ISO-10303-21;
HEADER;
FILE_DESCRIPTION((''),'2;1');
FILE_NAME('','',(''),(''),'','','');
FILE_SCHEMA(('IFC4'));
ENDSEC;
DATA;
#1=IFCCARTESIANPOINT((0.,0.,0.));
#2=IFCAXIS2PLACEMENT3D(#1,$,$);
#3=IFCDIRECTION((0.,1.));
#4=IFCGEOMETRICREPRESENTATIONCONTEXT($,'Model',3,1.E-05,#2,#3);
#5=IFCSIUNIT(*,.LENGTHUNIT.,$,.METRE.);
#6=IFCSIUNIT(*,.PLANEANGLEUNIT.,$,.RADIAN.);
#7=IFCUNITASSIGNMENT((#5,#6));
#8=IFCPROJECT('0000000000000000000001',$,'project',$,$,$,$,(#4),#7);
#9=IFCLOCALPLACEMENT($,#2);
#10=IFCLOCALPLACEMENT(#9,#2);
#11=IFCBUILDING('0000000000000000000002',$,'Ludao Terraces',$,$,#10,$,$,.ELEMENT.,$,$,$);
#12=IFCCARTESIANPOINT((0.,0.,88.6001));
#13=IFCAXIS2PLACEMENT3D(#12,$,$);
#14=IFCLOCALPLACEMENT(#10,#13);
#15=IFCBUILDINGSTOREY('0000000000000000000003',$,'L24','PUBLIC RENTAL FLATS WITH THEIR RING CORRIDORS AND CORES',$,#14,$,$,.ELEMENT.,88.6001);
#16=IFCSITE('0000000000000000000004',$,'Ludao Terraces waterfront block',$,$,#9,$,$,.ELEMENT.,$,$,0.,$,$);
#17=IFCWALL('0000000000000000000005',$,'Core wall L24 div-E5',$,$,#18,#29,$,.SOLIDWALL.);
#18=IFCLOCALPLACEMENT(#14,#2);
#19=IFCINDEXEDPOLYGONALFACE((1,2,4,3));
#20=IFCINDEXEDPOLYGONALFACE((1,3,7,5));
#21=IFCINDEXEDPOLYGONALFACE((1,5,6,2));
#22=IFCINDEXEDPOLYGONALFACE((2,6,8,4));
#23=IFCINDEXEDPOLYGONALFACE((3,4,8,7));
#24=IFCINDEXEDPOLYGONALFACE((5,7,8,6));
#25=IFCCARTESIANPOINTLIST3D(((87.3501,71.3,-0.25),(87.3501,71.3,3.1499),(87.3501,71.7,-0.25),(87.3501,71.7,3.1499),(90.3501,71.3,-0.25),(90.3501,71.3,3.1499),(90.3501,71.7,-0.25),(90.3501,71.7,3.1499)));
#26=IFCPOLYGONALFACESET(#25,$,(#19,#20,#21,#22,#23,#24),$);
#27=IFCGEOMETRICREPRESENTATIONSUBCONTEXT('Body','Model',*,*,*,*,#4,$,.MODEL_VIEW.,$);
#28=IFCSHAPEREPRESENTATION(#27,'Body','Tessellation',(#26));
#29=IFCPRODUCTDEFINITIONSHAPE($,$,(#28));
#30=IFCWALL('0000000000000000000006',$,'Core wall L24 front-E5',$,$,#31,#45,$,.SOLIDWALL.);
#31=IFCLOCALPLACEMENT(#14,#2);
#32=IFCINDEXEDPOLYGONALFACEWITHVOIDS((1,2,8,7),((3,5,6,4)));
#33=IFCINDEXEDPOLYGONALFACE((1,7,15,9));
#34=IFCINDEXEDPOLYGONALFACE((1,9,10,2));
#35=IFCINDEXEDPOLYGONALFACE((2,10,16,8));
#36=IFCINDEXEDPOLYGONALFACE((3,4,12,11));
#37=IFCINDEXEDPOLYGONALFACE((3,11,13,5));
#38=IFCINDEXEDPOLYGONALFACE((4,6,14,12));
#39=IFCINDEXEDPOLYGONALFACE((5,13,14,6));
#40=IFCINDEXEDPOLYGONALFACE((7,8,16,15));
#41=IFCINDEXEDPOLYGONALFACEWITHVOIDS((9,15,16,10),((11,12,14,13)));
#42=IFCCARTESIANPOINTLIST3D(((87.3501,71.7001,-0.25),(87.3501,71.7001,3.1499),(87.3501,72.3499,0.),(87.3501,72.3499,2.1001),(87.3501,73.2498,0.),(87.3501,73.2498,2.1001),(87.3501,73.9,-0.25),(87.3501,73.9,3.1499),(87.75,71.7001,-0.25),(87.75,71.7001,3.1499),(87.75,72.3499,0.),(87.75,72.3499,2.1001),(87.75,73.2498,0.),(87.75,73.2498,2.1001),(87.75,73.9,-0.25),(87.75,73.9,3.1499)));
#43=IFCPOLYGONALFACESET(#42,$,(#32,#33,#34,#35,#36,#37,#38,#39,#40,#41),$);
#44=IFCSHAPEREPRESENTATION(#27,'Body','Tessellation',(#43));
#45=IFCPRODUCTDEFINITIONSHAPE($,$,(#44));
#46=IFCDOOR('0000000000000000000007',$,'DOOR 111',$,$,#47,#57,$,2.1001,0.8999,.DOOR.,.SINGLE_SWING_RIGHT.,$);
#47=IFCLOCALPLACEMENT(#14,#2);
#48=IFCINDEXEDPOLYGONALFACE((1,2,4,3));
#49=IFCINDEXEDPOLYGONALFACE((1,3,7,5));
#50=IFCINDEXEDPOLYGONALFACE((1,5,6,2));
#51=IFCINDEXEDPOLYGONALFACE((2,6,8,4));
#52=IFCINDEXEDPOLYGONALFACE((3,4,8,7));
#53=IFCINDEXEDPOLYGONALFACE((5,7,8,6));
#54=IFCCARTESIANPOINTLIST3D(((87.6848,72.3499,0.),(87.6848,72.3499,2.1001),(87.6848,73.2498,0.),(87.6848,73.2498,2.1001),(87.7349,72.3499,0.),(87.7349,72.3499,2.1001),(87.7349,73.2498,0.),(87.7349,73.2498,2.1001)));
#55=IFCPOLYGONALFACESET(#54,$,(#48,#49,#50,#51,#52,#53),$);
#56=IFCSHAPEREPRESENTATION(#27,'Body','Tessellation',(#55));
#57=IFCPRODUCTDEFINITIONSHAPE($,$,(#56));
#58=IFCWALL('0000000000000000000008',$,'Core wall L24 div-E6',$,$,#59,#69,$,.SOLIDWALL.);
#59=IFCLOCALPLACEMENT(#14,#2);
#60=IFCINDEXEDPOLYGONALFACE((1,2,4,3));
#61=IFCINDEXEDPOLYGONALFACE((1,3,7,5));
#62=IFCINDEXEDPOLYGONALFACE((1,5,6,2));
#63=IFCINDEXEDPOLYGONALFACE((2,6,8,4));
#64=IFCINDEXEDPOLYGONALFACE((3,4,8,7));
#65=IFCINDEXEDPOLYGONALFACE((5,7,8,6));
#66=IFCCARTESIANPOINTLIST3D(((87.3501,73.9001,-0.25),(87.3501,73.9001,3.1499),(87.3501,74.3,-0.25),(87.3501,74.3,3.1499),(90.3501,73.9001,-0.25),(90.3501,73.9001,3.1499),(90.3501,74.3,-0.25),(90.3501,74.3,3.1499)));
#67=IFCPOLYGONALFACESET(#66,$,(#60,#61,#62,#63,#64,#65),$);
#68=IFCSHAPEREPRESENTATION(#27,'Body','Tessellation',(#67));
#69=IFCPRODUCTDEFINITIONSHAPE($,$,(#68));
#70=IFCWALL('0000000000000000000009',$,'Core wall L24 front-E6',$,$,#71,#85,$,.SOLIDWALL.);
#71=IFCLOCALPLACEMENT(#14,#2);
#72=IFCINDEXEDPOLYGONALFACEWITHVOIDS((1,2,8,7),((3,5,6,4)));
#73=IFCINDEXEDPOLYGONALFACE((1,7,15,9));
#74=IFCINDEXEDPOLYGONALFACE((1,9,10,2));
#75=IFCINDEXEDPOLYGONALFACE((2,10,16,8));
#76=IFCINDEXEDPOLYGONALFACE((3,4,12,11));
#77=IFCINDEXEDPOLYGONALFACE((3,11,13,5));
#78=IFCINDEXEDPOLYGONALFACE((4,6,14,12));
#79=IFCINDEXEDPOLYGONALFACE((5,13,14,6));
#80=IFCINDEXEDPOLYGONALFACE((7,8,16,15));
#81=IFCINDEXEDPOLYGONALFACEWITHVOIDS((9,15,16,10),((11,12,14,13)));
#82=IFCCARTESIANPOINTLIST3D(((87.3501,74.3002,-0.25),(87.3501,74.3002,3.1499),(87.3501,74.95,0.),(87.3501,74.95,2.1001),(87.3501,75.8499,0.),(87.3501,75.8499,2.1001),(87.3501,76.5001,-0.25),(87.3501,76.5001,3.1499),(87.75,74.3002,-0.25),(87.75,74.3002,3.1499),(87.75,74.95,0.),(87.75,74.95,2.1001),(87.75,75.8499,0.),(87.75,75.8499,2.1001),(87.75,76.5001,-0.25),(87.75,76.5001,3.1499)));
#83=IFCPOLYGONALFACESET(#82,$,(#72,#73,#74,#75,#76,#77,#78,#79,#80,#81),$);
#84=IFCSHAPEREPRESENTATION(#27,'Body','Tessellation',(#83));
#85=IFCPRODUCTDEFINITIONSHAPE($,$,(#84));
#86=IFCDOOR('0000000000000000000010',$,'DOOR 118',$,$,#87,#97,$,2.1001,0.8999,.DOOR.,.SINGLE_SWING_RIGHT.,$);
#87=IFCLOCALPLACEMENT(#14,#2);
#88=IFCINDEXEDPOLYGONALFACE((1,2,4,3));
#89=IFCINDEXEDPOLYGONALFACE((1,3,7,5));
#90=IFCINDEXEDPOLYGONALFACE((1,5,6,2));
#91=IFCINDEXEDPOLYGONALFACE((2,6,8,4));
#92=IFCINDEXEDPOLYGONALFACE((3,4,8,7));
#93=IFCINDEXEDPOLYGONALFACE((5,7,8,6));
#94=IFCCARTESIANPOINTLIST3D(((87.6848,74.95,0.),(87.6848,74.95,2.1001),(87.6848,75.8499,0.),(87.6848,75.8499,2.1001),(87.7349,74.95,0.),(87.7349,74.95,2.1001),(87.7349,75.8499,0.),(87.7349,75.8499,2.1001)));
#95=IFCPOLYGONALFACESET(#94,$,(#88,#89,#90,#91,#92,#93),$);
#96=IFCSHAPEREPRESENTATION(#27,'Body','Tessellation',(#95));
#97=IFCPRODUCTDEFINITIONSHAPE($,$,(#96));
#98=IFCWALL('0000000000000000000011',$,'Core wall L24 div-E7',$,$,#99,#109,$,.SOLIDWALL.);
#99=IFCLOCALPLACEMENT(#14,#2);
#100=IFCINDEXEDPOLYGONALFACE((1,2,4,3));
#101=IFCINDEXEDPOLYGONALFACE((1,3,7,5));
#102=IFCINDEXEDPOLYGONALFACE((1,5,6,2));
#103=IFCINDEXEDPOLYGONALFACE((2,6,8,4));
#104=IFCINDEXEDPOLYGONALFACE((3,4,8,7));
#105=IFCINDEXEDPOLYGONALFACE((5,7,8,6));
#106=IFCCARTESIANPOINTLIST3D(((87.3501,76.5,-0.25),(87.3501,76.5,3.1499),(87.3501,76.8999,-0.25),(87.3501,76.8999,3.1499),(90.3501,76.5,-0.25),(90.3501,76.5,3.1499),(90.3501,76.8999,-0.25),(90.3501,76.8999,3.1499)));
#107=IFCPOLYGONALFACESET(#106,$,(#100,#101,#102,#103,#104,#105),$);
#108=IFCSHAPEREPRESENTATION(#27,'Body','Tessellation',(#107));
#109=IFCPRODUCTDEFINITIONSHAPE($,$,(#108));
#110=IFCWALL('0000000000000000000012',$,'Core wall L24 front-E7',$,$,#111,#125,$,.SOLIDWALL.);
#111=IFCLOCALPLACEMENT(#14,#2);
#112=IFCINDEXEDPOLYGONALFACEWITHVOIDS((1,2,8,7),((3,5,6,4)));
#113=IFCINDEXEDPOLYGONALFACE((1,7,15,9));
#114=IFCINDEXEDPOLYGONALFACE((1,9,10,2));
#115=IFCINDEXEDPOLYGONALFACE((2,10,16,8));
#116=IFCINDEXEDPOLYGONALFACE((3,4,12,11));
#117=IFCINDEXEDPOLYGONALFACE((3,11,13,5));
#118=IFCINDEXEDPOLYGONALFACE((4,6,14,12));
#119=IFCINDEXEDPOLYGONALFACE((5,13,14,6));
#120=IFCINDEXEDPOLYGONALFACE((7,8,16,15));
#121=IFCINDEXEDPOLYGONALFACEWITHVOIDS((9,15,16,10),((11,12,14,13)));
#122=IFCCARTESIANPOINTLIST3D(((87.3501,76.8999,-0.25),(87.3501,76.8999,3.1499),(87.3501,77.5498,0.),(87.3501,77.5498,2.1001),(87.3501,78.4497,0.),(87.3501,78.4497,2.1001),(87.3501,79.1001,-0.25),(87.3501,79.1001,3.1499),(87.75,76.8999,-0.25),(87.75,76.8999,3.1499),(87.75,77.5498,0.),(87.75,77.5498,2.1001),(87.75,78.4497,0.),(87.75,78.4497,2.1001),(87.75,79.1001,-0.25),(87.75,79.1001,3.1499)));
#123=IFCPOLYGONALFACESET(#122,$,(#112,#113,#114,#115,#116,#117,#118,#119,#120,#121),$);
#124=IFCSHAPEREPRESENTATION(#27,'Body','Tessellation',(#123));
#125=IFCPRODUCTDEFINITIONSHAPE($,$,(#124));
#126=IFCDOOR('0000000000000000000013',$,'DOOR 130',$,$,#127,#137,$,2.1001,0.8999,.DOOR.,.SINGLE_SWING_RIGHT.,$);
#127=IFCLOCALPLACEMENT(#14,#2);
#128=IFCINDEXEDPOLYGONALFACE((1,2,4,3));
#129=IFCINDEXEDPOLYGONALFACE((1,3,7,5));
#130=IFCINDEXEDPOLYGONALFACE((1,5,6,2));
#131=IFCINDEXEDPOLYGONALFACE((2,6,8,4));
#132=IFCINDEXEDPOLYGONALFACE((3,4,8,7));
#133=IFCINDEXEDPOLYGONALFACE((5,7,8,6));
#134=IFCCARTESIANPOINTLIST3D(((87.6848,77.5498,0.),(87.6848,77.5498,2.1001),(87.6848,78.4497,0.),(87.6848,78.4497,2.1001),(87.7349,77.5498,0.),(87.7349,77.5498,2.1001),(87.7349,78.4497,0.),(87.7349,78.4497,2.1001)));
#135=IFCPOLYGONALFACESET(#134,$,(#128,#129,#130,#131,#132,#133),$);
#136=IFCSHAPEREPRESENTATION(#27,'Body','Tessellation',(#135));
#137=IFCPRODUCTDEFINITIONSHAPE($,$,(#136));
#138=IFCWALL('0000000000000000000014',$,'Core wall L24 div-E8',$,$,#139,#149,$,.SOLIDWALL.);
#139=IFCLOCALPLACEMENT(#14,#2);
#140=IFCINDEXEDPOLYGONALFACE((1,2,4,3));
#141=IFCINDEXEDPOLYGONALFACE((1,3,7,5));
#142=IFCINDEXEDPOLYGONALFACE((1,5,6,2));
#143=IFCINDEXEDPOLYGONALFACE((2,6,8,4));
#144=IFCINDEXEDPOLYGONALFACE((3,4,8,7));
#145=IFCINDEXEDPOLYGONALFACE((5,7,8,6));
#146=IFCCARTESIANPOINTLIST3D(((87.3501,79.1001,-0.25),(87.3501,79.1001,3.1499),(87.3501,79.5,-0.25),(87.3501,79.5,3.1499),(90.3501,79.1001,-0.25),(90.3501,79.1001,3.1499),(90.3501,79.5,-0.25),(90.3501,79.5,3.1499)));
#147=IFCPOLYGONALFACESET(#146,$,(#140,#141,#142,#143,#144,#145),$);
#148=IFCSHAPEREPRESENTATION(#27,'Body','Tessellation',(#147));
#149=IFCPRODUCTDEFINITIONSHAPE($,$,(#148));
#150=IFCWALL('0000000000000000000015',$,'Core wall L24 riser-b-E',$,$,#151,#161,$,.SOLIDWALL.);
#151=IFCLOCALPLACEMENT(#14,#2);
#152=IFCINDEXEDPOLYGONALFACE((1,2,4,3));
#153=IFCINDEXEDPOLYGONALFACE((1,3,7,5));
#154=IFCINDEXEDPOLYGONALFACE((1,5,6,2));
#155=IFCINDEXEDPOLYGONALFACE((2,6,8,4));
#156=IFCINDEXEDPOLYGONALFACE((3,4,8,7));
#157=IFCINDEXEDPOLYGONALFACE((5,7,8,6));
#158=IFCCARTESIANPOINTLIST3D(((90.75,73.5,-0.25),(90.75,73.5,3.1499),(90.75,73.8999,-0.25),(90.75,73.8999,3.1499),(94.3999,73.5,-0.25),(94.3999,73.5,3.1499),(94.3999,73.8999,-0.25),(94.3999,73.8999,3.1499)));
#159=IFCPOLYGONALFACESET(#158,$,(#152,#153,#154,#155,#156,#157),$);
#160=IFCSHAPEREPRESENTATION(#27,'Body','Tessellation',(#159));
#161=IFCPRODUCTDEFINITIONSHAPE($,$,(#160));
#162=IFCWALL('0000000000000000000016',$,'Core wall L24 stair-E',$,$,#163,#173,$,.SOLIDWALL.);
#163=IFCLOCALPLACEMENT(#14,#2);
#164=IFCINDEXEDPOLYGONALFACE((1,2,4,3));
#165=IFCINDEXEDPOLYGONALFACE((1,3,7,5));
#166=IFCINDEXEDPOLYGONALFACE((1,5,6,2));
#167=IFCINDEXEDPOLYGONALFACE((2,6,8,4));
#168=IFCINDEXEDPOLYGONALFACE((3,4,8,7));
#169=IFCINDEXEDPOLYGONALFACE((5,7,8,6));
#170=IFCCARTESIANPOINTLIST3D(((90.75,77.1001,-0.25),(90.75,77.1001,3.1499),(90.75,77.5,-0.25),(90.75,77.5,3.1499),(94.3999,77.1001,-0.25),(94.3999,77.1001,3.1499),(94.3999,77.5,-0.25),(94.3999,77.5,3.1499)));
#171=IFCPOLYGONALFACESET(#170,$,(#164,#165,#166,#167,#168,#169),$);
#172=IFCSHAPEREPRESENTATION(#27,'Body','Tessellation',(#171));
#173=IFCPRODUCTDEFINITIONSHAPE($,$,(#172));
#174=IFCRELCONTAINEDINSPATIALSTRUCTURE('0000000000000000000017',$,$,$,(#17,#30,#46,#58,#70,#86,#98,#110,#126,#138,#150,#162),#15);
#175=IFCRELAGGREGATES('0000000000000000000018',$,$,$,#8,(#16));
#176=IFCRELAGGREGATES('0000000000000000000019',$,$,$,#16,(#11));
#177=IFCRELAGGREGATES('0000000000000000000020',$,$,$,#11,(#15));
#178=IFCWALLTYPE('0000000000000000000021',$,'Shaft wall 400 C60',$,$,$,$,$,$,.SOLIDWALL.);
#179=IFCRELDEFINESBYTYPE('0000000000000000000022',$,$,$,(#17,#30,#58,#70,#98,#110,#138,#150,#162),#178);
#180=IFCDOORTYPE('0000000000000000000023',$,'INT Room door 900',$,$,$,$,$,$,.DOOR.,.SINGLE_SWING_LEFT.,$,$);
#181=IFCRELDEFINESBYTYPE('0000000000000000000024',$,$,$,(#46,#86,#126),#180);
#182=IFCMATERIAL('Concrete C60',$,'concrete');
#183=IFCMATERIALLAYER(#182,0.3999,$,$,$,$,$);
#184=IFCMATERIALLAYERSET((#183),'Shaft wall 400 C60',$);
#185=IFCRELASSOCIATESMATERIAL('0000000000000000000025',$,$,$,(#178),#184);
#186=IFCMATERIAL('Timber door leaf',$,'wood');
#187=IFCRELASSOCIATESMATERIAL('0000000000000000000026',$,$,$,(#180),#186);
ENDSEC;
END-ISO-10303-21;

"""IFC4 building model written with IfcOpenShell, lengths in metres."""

from ifc_helpers import new_model, si_unit, direction, frame, frame_2d, origin, place, context, subcontext, project, spatial, rectangle, extrude, material, layer, layer_set, type_object, element, fill, save


model = new_model("IFC4")

# Units and contexts
model_context = context("Model", 3, precision=1e-05, world=origin(), true_north=direction((0.0, 1.0)))
body_context = subcontext(model_context, "Body", "Model", "MODEL_VIEW")
ifc_project = project(units=[si_unit("LENGTHUNIT", "METRE"), si_unit("PLANEANGLEUNIT", "RADIAN")], contexts=[model_context])

# Site, building, storey
site_placement = place(None, origin())
site = spatial("IfcSite", under=ifc_project, at=site_placement, Name="Ludao Terraces waterfront block", CompositionType="ELEMENT", RefElevation=0.0)
building_placement = place(site_placement, origin())
building = spatial("IfcBuilding", under=site, at=building_placement, Name="Ludao Terraces", CompositionType="ELEMENT")
storey_placement = place(building_placement, frame((0.0, 0.0, 88.6001)))
storey = spatial("IfcBuildingStorey", under=building, at=storey_placement, Name="L24", Description="PUBLIC RENTAL FLATS WITH THEIR RING CORRIDORS AND CORES", CompositionType="ELEMENT", Elevation=88.6001)

# Wall
ifc_material_1 = material(Name="Concrete C60", Category="concrete")
ifc_layer_1 = layer(ifc_material_1, 0.3999)
ifc_layer_set_1 = layer_set([ifc_layer_1], Name="Shaft wall 400 C60")
wall_type_1 = type_object("IfcWallType", Name="Shaft wall 400 C60", PredefinedType="SOLIDWALL", material=ifc_layer_set_1)
wall_1_placement = place(storey_placement, frame((87.3501, 71.5, -0.25), z_axis=(0.0, 0.0, 1.0), x_axis=(1.0, 0.0, 0.0)))
element("IfcWall", 1, at=wall_1_placement, inside=storey, type_object=wall_type_1, Name="Core wall L24 div-E5", PredefinedType="SOLIDWALL", context=body_context, shape_type="SweptSolid", body=[
    extrude(rectangle(XDim=3.0, YDim=0.3999, at=frame_2d((1.5, 0.0))), origin(), (0.0, 0.0, 1.0), 3.3999),
])

# Wall, opening, door
wall_2_placement = place(storey_placement, frame((87.55, 71.7, -0.25), z_axis=(0.0, 0.0, 1.0), x_axis=(0.0, 1.0, 0.0)))
wall_2 = element("IfcWall", 2, at=wall_2_placement, inside=storey, type_object=wall_type_1, Name="Core wall L24 front-E5", PredefinedType="SOLIDWALL", context=body_context, shape_type="SweptSolid", body=[
    extrude(rectangle(XDim=2.2, YDim=0.3999, at=frame_2d((1.1001, 0.0))), origin(), (0.0, 0.0, 1.0), 3.3999),
])
opening_1_placement = place(wall_2_placement, frame((0.6499, 0.0, 0.25)))
opening_1 = element("IfcOpeningElement", 3, at=opening_1_placement, cuts=wall_2, PredefinedType="OPENING", context=body_context, shape_type="SweptSolid", body=[
    extrude(rectangle(XDim=0.8999, YDim=2.1001, at=frame_2d((0.45, 1.05))), frame((0.0, 0.21, 0.0), z_axis=(0.0, -1.0, 0.0), x_axis=(1.0, 0.0, 0.0)), (0.0, 0.0, 1.0), 0.4199),
])
ifc_material_2 = material(Name="Timber door leaf", Category="wood")
door_type_1 = type_object("IfcDoorType", Name="INT Room door 900", OperationType="SINGLE_SWING_LEFT", PredefinedType="DOOR", material=ifc_material_2)
door_1_placement = place(opening_1_placement, origin())
door_1 = element("IfcDoor", 4, at=door_1_placement, inside=storey, type_object=door_type_1, Name="DOOR 111", OperationType="SINGLE_SWING_RIGHT", OverallHeight=2.1001, OverallWidth=0.8999, PredefinedType="DOOR", context=body_context, shape_type="SweptSolid", body=[
    extrude(rectangle(XDim=0.8999, YDim=2.1001, at=frame_2d((0.45, 1.05))), frame((0.0, -0.1348, 0.0), z_axis=(0.0, -1.0, 0.0), x_axis=(1.0, 0.0, 0.0)), (0.0, 0.0, 1.0), 0.05),
])
fill(opening_1, door_1)

# Wall
wall_3_placement = place(storey_placement, frame((87.3501, 74.1001, -0.25), z_axis=(0.0, 0.0, 1.0), x_axis=(1.0, 0.0, 0.0)))
element("IfcWall", 5, at=wall_3_placement, inside=storey, type_object=wall_type_1, Name="Core wall L24 div-E6", PredefinedType="SOLIDWALL", context=body_context, shape_type="SweptSolid", body=[
    extrude(rectangle(XDim=3.0, YDim=0.3999, at=frame_2d((1.5, 0.0))), origin(), (0.0, 0.0, 1.0), 3.3999),
])

# Wall, opening, door
wall_4_placement = place(storey_placement, frame((87.55, 74.3, -0.25), z_axis=(0.0, 0.0, 1.0), x_axis=(0.0, 1.0, 0.0)))
wall_4 = element("IfcWall", 6, at=wall_4_placement, inside=storey, type_object=wall_type_1, Name="Core wall L24 front-E6", PredefinedType="SOLIDWALL", context=body_context, shape_type="SweptSolid", body=[
    extrude(rectangle(XDim=2.2, YDim=0.3999, at=frame_2d((1.1001, 0.0))), origin(), (0.0, 0.0, 1.0), 3.3999),
])
opening_2_placement = place(wall_4_placement, frame((0.6499, 0.0, 0.25)))
opening_2 = element("IfcOpeningElement", 7, at=opening_2_placement, cuts=wall_4, PredefinedType="OPENING", context=body_context, shape_type="SweptSolid", body=[
    extrude(rectangle(XDim=0.8999, YDim=2.1001, at=frame_2d((0.45, 1.05))), frame((0.0, 0.21, 0.0), z_axis=(0.0, -1.0, 0.0), x_axis=(1.0, 0.0, 0.0)), (0.0, 0.0, 1.0), 0.4199),
])
door_2_placement = place(opening_2_placement, origin())
door_2 = element("IfcDoor", 8, at=door_2_placement, inside=storey, type_object=door_type_1, Name="DOOR 118", OperationType="SINGLE_SWING_RIGHT", OverallHeight=2.1001, OverallWidth=0.8999, PredefinedType="DOOR", context=body_context, shape_type="SweptSolid", body=[
    extrude(rectangle(XDim=0.8999, YDim=2.1001, at=frame_2d((0.45, 1.05))), frame((0.0, -0.1348, 0.0), z_axis=(0.0, -1.0, 0.0), x_axis=(1.0, 0.0, 0.0)), (0.0, 0.0, 1.0), 0.05),
])
fill(opening_2, door_2)

# Wall
wall_5_placement = place(storey_placement, frame((87.3501, 76.7, -0.25), z_axis=(0.0, 0.0, 1.0), x_axis=(1.0, 0.0, 0.0)))
element("IfcWall", 9, at=wall_5_placement, inside=storey, type_object=wall_type_1, Name="Core wall L24 div-E7", PredefinedType="SOLIDWALL", context=body_context, shape_type="SweptSolid", body=[
    extrude(rectangle(XDim=3.0, YDim=0.3999, at=frame_2d((1.5, 0.0))), origin(), (0.0, 0.0, 1.0), 3.3999),
])

# Wall, opening, door
wall_6_placement = place(storey_placement, frame((87.55, 76.8999, -0.25), z_axis=(0.0, 0.0, 1.0), x_axis=(0.0, 1.0, 0.0)))
wall_6 = element("IfcWall", 10, at=wall_6_placement, inside=storey, type_object=wall_type_1, Name="Core wall L24 front-E7", PredefinedType="SOLIDWALL", context=body_context, shape_type="SweptSolid", body=[
    extrude(rectangle(XDim=2.2002, YDim=0.3999, at=frame_2d((1.1001, 0.0))), origin(), (0.0, 0.0, 1.0), 3.3999),
])
opening_3_placement = place(wall_6_placement, frame((0.6499, 0.0, 0.25)))
opening_3 = element("IfcOpeningElement", 11, at=opening_3_placement, cuts=wall_6, PredefinedType="OPENING", context=body_context, shape_type="SweptSolid", body=[
    extrude(rectangle(XDim=0.8999, YDim=2.1001, at=frame_2d((0.45, 1.05))), frame((0.0, 0.21, 0.0), z_axis=(0.0, -1.0, 0.0), x_axis=(1.0, 0.0, 0.0)), (0.0, 0.0, 1.0), 0.4199),
])
door_3_placement = place(opening_3_placement, origin())
door_3 = element("IfcDoor", 12, at=door_3_placement, inside=storey, type_object=door_type_1, Name="DOOR 130", OperationType="SINGLE_SWING_RIGHT", OverallHeight=2.1001, OverallWidth=0.8999, PredefinedType="DOOR", context=body_context, shape_type="SweptSolid", body=[
    extrude(rectangle(XDim=0.8999, YDim=2.1001, at=frame_2d((0.45, 1.05))), frame((0.0, -0.1348, 0.0), z_axis=(0.0, -1.0, 0.0), x_axis=(1.0, 0.0, 0.0)), (0.0, 0.0, 1.0), 0.05),
])
fill(opening_3, door_3)

# Walls
wall_7_placement = place(storey_placement, frame((87.3501, 79.3, -0.25), z_axis=(0.0, 0.0, 1.0), x_axis=(1.0, 0.0, 0.0)))
element("IfcWall", 13, at=wall_7_placement, inside=storey, type_object=wall_type_1, Name="Core wall L24 div-E8", PredefinedType="SOLIDWALL", context=body_context, shape_type="SweptSolid", body=[
    extrude(rectangle(XDim=3.0, YDim=0.3999, at=frame_2d((1.5, 0.0))), origin(), (0.0, 0.0, 1.0), 3.3999),
])
for number, where, z_axis, x_axis, name in (
    (14, (90.75, 73.7, -0.25), (0.0, 0.0, 1.0), (1.0, 0.0, 0.0), "Core wall L24 riser-b-E"),
    (15, (90.75, 77.3, -0.25), (0.0, 0.0, 1.0), (1.0, 0.0, 0.0), "Core wall L24 stair-E"),
):
    element("IfcWall", number, at=place(storey_placement, frame(where, z_axis=z_axis, x_axis=x_axis)), inside=storey, type_object=wall_type_1, Name=name, PredefinedType="SOLIDWALL", context=body_context, shape_type="SweptSolid", body=[
        extrude(rectangle(XDim=3.6499, YDim=0.3999, at=frame_2d((1.825, 0.0))), origin(), (0.0, 0.0, 1.0), 3.3999),
    ])

save(model, "model.ifc")
